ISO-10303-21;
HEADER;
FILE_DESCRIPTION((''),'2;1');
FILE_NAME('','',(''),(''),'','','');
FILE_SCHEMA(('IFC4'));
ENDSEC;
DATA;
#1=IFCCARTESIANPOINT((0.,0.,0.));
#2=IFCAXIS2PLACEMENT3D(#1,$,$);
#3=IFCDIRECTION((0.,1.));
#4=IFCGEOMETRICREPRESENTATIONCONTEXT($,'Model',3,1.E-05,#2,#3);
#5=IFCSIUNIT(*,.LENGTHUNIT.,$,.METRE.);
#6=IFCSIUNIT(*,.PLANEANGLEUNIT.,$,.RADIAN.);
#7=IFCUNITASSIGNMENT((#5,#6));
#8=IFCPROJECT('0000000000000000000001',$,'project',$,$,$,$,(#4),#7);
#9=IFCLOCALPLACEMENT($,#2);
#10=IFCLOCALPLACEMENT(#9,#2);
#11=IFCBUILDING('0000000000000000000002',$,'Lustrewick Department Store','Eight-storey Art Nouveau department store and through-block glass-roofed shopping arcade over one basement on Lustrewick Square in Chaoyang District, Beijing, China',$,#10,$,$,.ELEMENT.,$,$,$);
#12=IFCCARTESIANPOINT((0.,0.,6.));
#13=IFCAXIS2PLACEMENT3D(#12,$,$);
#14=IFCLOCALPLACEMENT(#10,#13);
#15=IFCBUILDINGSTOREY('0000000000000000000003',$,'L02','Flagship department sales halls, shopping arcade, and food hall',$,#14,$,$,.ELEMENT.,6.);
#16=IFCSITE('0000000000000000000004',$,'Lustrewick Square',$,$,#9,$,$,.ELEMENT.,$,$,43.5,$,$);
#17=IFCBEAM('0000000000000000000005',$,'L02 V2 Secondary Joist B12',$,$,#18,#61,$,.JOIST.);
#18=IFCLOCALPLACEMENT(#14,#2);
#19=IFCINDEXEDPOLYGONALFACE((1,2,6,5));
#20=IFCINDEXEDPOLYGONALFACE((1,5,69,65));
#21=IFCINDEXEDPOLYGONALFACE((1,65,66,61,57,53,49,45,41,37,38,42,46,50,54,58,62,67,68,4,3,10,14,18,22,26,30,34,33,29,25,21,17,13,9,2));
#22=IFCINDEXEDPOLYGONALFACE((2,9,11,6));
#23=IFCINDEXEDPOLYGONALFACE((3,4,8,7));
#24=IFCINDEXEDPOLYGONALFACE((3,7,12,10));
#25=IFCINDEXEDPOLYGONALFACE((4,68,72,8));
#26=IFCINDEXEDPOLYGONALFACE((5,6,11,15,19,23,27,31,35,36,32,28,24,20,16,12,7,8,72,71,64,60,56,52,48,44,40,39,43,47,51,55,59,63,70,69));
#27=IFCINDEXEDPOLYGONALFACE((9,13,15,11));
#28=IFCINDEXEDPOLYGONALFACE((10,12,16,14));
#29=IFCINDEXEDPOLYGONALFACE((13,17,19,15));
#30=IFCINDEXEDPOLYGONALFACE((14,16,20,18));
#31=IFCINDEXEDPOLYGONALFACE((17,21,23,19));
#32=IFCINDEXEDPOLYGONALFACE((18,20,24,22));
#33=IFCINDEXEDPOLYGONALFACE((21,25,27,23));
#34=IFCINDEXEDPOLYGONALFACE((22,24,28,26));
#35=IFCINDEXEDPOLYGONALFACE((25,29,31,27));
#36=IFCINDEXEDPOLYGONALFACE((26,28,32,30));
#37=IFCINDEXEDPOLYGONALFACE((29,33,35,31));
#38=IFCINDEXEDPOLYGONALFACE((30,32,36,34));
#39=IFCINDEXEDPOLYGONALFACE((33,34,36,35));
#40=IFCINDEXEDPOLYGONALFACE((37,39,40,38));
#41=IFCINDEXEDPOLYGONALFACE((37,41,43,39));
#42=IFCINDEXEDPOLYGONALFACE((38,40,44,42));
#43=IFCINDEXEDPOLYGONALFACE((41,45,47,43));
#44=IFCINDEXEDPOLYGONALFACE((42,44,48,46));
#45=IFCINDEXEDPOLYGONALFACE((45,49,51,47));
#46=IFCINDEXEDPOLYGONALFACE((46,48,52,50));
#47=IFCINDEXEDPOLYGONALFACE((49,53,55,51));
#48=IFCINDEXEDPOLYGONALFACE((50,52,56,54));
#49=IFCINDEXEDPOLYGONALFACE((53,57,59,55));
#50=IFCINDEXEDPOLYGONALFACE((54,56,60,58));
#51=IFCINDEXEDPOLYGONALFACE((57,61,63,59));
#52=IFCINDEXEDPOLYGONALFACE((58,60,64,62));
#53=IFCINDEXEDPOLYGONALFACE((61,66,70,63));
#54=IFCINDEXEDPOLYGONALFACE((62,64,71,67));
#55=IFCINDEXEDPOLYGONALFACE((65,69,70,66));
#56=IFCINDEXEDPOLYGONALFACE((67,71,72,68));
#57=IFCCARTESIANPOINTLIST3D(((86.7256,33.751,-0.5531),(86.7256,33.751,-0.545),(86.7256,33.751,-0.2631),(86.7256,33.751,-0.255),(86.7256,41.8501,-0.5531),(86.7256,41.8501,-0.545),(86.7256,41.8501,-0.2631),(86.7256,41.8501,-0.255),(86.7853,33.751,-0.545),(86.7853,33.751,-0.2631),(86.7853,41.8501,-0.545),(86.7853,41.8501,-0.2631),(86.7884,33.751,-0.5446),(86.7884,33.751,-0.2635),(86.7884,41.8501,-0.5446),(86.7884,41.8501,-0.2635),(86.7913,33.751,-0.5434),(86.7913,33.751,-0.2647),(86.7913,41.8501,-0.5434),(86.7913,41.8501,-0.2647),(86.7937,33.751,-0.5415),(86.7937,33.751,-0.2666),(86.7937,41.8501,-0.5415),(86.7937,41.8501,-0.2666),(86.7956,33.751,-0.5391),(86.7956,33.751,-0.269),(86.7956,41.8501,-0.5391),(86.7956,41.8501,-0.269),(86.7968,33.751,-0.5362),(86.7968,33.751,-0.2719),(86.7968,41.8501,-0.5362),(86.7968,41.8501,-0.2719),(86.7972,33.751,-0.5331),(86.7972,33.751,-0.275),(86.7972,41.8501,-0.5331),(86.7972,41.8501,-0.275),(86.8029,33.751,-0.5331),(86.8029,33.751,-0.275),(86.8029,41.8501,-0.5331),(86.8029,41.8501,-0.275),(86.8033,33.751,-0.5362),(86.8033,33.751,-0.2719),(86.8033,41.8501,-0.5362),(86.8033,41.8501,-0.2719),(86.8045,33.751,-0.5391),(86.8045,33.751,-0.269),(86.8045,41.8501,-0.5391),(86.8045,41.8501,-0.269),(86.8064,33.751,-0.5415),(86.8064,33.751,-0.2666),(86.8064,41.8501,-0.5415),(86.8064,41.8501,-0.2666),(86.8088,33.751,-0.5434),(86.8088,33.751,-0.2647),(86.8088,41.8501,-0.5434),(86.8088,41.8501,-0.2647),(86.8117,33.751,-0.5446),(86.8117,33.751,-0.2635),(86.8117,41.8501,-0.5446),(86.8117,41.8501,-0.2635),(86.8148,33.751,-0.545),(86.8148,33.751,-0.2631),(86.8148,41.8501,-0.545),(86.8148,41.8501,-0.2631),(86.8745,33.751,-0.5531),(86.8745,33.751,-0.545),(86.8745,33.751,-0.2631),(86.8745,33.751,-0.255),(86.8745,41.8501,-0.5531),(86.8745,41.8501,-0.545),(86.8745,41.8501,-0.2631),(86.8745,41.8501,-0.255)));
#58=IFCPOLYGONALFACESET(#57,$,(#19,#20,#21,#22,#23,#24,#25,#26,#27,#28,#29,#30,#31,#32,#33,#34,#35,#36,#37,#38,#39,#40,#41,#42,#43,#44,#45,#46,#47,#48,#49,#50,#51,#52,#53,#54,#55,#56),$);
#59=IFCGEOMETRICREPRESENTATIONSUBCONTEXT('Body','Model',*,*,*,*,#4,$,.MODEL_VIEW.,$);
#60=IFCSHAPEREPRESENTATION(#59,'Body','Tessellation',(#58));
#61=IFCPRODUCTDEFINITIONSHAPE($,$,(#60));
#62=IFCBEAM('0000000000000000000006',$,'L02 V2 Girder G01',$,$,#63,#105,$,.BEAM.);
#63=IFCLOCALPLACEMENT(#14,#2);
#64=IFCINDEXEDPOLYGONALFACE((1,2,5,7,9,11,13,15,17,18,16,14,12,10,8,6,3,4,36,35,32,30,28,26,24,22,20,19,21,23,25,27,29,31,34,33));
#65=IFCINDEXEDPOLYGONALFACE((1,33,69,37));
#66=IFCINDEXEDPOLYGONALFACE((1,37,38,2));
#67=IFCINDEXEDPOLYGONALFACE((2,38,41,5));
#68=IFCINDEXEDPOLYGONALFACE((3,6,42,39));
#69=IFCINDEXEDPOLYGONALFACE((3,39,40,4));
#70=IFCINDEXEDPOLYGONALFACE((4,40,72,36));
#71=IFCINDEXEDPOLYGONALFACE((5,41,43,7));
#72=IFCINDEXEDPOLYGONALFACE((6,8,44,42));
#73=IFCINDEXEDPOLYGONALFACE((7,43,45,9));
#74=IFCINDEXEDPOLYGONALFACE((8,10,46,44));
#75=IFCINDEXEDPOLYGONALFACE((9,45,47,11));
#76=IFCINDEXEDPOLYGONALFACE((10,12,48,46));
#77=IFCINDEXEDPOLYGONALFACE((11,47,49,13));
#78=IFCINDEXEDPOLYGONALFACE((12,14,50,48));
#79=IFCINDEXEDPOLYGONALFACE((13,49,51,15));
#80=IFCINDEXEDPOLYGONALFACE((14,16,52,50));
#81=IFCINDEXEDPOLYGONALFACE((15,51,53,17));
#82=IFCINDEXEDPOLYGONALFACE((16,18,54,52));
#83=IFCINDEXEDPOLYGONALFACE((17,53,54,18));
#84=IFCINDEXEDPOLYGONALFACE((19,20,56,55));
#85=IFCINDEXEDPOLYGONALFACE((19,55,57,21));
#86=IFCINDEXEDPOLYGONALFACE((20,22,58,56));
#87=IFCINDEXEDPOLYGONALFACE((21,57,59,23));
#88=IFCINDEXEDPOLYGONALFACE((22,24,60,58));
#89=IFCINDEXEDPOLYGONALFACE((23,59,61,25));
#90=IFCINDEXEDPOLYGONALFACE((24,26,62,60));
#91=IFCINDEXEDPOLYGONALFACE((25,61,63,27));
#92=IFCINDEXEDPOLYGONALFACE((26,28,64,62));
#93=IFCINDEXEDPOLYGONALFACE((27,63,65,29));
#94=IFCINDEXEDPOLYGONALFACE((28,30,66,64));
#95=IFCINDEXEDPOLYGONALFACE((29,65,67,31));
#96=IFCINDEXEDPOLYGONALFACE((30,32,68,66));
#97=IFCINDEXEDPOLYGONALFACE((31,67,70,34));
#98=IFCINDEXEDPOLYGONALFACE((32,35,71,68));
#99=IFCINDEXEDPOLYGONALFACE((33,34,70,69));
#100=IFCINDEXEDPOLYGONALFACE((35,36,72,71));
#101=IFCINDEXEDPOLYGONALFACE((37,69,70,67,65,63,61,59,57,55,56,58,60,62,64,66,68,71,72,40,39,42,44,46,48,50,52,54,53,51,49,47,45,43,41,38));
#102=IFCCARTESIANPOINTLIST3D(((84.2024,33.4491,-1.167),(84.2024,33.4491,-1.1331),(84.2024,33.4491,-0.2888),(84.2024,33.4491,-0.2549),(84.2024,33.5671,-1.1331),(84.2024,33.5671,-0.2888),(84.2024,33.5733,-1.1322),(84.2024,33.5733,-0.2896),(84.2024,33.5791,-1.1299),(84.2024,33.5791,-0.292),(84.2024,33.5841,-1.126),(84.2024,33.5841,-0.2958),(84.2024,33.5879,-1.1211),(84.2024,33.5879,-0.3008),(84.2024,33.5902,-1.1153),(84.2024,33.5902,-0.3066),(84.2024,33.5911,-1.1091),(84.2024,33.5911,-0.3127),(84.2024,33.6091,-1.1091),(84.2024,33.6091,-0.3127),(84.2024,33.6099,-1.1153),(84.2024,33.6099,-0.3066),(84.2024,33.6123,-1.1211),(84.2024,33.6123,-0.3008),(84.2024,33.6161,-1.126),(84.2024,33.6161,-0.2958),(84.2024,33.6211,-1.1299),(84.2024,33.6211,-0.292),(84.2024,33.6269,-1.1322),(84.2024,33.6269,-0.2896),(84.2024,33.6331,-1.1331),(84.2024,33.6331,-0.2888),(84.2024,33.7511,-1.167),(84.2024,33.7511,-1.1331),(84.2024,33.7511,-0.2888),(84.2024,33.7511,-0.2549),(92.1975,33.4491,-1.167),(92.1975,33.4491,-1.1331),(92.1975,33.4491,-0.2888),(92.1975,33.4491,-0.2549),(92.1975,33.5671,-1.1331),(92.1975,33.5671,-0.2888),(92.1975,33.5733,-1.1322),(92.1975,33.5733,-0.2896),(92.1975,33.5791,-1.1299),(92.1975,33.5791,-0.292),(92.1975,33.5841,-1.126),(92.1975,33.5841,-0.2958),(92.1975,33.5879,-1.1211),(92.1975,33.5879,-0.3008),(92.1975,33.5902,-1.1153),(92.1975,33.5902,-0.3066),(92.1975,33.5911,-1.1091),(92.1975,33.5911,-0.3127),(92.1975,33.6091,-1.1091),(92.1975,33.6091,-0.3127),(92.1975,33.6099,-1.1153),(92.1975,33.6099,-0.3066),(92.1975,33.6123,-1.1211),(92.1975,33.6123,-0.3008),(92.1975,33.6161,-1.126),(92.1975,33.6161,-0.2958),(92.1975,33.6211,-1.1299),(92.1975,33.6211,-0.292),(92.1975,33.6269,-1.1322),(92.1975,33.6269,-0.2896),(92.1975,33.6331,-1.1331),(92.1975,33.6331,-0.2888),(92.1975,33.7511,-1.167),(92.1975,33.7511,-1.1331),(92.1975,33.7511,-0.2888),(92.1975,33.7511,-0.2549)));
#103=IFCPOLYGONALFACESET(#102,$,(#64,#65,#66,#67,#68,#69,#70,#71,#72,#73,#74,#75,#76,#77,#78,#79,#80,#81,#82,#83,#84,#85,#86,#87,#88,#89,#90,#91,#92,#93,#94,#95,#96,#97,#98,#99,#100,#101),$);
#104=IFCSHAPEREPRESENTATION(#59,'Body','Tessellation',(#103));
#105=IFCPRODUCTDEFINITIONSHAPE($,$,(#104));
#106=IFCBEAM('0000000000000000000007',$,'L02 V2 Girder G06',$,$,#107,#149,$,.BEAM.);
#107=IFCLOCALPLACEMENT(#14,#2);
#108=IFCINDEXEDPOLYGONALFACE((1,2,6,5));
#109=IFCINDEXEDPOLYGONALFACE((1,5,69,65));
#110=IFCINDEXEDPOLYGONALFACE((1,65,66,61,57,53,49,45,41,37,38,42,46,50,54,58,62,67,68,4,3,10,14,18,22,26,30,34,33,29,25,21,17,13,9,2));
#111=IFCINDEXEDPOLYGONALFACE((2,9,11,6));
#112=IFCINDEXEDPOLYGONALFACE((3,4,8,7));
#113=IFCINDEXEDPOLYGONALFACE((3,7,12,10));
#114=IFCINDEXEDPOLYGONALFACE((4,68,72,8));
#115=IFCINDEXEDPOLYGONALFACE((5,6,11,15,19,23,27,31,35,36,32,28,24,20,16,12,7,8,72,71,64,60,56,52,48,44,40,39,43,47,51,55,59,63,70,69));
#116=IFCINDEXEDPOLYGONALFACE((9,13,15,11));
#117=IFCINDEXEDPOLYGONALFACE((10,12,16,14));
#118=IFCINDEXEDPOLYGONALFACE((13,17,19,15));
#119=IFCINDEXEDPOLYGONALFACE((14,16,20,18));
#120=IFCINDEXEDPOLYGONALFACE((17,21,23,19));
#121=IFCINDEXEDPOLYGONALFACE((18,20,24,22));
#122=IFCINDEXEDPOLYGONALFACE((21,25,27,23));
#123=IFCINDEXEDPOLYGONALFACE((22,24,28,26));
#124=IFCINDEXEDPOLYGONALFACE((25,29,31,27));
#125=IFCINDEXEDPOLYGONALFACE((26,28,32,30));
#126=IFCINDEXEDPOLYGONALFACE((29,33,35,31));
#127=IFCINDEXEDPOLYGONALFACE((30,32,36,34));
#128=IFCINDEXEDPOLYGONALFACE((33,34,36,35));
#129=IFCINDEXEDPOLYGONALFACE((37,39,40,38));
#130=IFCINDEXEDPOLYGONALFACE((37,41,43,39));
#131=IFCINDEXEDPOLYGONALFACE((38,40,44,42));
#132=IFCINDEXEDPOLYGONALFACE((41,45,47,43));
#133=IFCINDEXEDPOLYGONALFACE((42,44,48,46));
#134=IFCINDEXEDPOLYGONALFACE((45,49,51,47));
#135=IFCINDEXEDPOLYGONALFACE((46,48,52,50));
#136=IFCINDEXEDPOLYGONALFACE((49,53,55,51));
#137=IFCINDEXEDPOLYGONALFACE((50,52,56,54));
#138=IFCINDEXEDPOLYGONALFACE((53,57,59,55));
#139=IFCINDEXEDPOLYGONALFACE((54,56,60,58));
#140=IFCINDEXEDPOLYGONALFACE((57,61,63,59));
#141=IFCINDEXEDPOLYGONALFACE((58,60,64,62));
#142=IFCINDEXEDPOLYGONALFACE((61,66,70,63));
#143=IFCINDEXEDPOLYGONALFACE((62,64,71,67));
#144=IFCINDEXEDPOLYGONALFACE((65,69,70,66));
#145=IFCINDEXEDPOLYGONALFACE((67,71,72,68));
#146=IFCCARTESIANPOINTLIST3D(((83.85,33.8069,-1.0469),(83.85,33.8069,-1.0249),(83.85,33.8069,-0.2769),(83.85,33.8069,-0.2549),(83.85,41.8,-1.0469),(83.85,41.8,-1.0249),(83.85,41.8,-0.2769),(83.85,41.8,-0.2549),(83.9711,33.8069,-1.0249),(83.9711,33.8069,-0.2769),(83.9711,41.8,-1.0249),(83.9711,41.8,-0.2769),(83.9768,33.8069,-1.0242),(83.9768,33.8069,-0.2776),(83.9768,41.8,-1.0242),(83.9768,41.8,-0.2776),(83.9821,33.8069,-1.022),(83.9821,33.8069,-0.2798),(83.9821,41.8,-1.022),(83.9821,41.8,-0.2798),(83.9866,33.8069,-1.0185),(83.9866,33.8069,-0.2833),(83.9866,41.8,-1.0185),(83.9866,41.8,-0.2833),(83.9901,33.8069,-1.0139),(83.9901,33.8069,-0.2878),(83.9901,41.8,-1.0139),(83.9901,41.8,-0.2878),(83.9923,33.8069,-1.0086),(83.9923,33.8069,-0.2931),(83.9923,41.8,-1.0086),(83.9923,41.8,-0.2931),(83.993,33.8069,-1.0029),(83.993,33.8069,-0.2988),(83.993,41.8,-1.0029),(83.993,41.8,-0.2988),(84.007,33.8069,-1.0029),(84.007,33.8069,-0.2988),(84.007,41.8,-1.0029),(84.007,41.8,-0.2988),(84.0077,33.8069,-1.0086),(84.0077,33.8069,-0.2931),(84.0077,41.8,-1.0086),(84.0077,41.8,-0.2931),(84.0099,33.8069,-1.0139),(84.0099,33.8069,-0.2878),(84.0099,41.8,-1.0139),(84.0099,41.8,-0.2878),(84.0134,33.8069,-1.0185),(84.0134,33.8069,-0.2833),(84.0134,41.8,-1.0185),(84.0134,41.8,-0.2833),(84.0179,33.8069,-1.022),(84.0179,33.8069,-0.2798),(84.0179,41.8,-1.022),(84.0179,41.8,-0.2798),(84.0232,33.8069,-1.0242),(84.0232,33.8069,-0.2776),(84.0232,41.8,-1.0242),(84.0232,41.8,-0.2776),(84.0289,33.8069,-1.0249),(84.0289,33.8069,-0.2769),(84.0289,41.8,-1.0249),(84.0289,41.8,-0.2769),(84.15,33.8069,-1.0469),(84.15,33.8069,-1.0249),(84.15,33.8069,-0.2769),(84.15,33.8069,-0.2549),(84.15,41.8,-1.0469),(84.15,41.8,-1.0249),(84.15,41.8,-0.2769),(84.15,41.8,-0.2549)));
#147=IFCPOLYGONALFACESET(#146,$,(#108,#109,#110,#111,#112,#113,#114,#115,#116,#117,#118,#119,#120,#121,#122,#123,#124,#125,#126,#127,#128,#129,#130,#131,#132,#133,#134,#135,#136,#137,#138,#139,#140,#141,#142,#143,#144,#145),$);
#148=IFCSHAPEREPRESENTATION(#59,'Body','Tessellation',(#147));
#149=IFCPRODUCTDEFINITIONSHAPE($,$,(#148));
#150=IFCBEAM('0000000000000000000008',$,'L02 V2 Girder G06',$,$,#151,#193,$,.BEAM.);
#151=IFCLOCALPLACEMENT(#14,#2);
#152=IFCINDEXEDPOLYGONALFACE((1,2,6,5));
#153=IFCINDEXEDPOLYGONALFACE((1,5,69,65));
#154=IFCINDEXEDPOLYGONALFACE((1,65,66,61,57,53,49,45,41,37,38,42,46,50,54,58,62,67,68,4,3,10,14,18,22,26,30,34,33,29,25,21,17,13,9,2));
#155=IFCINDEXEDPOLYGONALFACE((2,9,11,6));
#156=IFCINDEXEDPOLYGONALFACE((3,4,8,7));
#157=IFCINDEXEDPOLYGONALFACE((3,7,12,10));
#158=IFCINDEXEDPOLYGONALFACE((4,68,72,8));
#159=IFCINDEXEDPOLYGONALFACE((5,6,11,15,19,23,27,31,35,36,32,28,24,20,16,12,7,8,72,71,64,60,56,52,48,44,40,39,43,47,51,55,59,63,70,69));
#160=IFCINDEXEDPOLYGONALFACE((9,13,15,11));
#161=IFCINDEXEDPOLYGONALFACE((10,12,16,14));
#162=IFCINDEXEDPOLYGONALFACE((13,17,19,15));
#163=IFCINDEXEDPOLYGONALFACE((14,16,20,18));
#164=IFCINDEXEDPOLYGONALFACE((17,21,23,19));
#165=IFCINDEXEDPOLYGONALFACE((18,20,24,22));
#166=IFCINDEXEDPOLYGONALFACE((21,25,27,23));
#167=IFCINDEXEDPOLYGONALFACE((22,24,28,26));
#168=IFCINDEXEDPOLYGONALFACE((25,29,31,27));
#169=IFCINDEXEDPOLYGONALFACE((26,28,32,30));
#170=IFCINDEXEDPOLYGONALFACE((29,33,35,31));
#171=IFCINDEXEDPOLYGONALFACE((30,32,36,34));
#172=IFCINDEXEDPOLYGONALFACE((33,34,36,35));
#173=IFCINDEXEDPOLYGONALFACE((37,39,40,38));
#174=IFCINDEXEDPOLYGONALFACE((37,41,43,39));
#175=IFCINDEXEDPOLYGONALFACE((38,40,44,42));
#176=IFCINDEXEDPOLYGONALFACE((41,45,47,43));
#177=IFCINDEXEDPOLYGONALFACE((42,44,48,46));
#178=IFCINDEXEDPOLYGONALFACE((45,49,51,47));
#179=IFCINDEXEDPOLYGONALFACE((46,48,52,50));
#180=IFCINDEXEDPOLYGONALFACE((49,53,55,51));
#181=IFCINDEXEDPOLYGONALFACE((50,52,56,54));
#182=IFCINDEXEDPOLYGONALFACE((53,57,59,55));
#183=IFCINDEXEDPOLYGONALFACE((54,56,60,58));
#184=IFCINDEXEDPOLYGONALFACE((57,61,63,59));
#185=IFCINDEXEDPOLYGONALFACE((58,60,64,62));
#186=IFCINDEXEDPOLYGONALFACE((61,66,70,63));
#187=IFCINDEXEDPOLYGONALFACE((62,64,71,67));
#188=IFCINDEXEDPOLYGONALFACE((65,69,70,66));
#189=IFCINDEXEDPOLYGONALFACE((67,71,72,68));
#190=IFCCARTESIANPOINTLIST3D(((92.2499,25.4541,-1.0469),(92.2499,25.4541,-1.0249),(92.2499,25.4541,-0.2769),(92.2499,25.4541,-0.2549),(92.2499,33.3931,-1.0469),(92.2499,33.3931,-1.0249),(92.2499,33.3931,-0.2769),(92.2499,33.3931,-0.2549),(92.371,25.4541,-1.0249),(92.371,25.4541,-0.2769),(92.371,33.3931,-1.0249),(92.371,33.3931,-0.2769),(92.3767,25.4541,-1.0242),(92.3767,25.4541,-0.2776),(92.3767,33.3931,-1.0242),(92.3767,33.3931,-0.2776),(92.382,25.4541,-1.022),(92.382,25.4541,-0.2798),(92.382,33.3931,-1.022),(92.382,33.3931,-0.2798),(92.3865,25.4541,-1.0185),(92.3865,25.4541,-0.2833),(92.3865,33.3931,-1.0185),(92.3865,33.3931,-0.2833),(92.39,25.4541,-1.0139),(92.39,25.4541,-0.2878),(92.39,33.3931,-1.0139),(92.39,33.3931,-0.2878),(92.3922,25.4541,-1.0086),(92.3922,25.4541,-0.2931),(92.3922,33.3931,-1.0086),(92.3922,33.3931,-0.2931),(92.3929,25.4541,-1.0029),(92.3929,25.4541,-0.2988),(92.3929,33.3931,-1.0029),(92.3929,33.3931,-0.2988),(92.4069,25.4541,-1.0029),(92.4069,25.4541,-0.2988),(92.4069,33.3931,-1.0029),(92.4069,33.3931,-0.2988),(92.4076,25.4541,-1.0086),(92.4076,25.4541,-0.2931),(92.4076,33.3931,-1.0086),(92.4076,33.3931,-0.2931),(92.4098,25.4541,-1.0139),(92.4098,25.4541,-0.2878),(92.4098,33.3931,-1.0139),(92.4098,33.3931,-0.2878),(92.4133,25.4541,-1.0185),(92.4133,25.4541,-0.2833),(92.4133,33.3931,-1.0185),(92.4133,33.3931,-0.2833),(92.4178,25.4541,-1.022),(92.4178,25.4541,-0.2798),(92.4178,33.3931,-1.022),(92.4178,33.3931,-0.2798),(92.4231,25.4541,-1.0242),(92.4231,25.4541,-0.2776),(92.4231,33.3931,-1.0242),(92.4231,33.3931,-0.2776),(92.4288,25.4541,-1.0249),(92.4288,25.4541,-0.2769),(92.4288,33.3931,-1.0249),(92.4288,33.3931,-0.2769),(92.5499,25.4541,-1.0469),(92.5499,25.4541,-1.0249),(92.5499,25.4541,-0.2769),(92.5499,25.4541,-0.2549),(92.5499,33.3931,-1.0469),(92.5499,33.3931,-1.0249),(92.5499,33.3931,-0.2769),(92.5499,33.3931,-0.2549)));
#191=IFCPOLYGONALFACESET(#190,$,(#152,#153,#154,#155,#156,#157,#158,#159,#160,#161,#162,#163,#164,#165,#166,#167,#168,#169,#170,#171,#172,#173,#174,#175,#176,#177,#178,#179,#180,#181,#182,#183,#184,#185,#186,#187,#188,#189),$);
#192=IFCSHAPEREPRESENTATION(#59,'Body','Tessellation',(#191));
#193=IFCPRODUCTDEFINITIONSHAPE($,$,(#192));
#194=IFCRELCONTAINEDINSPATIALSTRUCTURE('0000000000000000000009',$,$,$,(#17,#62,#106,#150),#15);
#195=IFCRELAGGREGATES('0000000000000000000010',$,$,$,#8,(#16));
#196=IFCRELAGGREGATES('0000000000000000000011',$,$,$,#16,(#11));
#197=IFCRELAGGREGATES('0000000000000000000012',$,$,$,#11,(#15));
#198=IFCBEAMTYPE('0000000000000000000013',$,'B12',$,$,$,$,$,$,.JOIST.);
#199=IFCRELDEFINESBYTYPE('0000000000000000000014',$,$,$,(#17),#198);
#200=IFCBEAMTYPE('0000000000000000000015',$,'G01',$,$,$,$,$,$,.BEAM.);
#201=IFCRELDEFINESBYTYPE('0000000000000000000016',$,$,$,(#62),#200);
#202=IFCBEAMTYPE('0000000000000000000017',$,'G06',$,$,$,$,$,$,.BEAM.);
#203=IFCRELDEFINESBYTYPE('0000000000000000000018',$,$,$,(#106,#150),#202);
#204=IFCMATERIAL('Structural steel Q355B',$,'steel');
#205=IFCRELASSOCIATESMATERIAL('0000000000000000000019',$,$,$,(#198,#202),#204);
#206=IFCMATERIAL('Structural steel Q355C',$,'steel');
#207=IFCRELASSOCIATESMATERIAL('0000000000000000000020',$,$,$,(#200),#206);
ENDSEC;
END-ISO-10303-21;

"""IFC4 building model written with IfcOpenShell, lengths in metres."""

from ifc_helpers import new_model, si_unit, direction, frame, origin, origin_2d, place, context, subcontext, project, spatial, i_section, extrude, material, material_profile, profile_set, type_object, element, save


model = new_model("IFC4")

# Units and contexts
model_context = context("Model", 3, precision=1e-05, world=origin(), true_north=direction((0.0, 1.0)))
body_context = subcontext(model_context, "Body", "Model", "MODEL_VIEW")
ifc_project = project(units=[si_unit("LENGTHUNIT", "METRE"), si_unit("PLANEANGLEUNIT", "RADIAN")], contexts=[model_context])

# Site, building, storey
site_placement = place(None, origin())
site = spatial("IfcSite", under=ifc_project, at=site_placement, Name="Lustrewick Square", CompositionType="ELEMENT", RefElevation=43.5)
building_placement = place(site_placement, origin())
building = spatial("IfcBuilding", under=site, at=building_placement, Name="Lustrewick Department Store", Description="Eight-storey Art Nouveau department store and through-block glass-roofed shopping arcade over one basement on Lustrewick Square in Chaoyang District, Beijing, China", CompositionType="ELEMENT")
storey_placement = place(building_placement, frame((0.0, 0.0, 6.0)))
storey = spatial("IfcBuildingStorey", under=building, at=storey_placement, Name="L02", Description="Flagship department sales halls, shopping arcade, and food hall", CompositionType="ELEMENT", Elevation=6.0)

# Shared definitions
ifc_material_1 = material(Name="Structural steel Q355C", Category="steel")

# Beams
ifc_material_2 = material(Name="Structural steel Q355B", Category="steel")
ifc_material_profile_1 = material_profile(ifc_material_2, i_section(OverallWidth=0.1489, OverallDepth=0.2981, WebThickness=0.0056, FlangeThickness=0.0081, FilletRadius=0.012, at=origin_2d()), Name="HN 298x149x5.5x8")
ifc_profile_set_1 = profile_set([ifc_material_profile_1], Name="Structural steel Q355B")
beam_type_1 = type_object("IfcBeamType", Name="B12", PredefinedType="JOIST", material=ifc_profile_set_1)
beam_1_placement = place(storey_placement, frame((86.8, 33.751, -0.4041), z_axis=(0.0, 1.0, 0.0), x_axis=(-1.0, 0.0, 0.0)))
element("IfcBeam", 1, at=beam_1_placement, inside=storey, type_object=beam_type_1, Name="L02 V2 Secondary Joist B12", PredefinedType="JOIST", context=body_context, shape_type="SweptSolid", body=[
    extrude(i_section(OverallWidth=0.1489, OverallDepth=0.2981, WebThickness=0.0056, FlangeThickness=0.0081, FilletRadius=0.012, at=origin_2d()), origin(), (0.0, 0.0, 1.0), 8.0991),
])
ifc_material_profile_2 = material_profile(ifc_material_1, i_section(OverallWidth=0.302, OverallDepth=0.9121, WebThickness=0.0181, FlangeThickness=0.0339, FilletRadius=0.0239, at=origin_2d()), Name="HN 912x302x18x34")
ifc_profile_set_2 = profile_set([ifc_material_profile_2], Name="Structural steel Q355C")
beam_type_2 = type_object("IfcBeamType", Name="G01", PredefinedType="BEAM", material=ifc_profile_set_2)
beam_2_placement = place(storey_placement, frame((84.2024, 33.6001, -0.7109), z_axis=(1.0, 0.0, 0.0), x_axis=(0.0, 1.0, 0.0)))
element("IfcBeam", 2, at=beam_2_placement, inside=storey, type_object=beam_type_2, Name="L02 V2 Girder G01", PredefinedType="BEAM", context=body_context, shape_type="SweptSolid", body=[
    extrude(i_section(OverallWidth=0.302, OverallDepth=0.9121, WebThickness=0.0181, FlangeThickness=0.0339, FilletRadius=0.0239, at=origin_2d()), origin(), (0.0, 0.0, 1.0), 7.9951),
])
ifc_material_profile_3 = material_profile(ifc_material_2, i_section(OverallWidth=0.3, OverallDepth=0.792, WebThickness=0.0139, FlangeThickness=0.022, FilletRadius=0.022, at=origin_2d()), Name="HN 792x300x14x22")
ifc_profile_set_3 = profile_set([ifc_material_profile_3], Name="Structural steel Q355B")
beam_type_3 = type_object("IfcBeamType", Name="G06", PredefinedType="BEAM", material=ifc_profile_set_3)
beam_3_placement = place(storey_placement, frame((84.0, 33.8069, -0.6509), z_axis=(0.0, 1.0, 0.0), x_axis=(-1.0, 0.0, 0.0)))
element("IfcBeam", 3, at=beam_3_placement, inside=storey, type_object=beam_type_3, Name="L02 V2 Girder G06", PredefinedType="BEAM", context=body_context, shape_type="SweptSolid", body=[
    extrude(i_section(OverallWidth=0.3, OverallDepth=0.792, WebThickness=0.0139, FlangeThickness=0.022, FilletRadius=0.022, at=origin_2d()), origin(), (0.0, 0.0, 1.0), 7.9932),
])
beam_4_placement = place(storey_placement, frame((92.3999, 25.4541, -0.6509), z_axis=(0.0, 1.0, 0.0), x_axis=(-1.0, 0.0, 0.0)))
element("IfcBeam", 4, at=beam_4_placement, inside=storey, type_object=beam_type_3, Name="L02 V2 Girder G06", PredefinedType="BEAM", context=body_context, shape_type="SweptSolid", body=[
    extrude(i_section(OverallWidth=0.3, OverallDepth=0.792, WebThickness=0.0139, FlangeThickness=0.022, FilletRadius=0.022, at=origin_2d()), origin(), (0.0, 0.0, 1.0), 7.939),
])

save(model, "model.ifc")
